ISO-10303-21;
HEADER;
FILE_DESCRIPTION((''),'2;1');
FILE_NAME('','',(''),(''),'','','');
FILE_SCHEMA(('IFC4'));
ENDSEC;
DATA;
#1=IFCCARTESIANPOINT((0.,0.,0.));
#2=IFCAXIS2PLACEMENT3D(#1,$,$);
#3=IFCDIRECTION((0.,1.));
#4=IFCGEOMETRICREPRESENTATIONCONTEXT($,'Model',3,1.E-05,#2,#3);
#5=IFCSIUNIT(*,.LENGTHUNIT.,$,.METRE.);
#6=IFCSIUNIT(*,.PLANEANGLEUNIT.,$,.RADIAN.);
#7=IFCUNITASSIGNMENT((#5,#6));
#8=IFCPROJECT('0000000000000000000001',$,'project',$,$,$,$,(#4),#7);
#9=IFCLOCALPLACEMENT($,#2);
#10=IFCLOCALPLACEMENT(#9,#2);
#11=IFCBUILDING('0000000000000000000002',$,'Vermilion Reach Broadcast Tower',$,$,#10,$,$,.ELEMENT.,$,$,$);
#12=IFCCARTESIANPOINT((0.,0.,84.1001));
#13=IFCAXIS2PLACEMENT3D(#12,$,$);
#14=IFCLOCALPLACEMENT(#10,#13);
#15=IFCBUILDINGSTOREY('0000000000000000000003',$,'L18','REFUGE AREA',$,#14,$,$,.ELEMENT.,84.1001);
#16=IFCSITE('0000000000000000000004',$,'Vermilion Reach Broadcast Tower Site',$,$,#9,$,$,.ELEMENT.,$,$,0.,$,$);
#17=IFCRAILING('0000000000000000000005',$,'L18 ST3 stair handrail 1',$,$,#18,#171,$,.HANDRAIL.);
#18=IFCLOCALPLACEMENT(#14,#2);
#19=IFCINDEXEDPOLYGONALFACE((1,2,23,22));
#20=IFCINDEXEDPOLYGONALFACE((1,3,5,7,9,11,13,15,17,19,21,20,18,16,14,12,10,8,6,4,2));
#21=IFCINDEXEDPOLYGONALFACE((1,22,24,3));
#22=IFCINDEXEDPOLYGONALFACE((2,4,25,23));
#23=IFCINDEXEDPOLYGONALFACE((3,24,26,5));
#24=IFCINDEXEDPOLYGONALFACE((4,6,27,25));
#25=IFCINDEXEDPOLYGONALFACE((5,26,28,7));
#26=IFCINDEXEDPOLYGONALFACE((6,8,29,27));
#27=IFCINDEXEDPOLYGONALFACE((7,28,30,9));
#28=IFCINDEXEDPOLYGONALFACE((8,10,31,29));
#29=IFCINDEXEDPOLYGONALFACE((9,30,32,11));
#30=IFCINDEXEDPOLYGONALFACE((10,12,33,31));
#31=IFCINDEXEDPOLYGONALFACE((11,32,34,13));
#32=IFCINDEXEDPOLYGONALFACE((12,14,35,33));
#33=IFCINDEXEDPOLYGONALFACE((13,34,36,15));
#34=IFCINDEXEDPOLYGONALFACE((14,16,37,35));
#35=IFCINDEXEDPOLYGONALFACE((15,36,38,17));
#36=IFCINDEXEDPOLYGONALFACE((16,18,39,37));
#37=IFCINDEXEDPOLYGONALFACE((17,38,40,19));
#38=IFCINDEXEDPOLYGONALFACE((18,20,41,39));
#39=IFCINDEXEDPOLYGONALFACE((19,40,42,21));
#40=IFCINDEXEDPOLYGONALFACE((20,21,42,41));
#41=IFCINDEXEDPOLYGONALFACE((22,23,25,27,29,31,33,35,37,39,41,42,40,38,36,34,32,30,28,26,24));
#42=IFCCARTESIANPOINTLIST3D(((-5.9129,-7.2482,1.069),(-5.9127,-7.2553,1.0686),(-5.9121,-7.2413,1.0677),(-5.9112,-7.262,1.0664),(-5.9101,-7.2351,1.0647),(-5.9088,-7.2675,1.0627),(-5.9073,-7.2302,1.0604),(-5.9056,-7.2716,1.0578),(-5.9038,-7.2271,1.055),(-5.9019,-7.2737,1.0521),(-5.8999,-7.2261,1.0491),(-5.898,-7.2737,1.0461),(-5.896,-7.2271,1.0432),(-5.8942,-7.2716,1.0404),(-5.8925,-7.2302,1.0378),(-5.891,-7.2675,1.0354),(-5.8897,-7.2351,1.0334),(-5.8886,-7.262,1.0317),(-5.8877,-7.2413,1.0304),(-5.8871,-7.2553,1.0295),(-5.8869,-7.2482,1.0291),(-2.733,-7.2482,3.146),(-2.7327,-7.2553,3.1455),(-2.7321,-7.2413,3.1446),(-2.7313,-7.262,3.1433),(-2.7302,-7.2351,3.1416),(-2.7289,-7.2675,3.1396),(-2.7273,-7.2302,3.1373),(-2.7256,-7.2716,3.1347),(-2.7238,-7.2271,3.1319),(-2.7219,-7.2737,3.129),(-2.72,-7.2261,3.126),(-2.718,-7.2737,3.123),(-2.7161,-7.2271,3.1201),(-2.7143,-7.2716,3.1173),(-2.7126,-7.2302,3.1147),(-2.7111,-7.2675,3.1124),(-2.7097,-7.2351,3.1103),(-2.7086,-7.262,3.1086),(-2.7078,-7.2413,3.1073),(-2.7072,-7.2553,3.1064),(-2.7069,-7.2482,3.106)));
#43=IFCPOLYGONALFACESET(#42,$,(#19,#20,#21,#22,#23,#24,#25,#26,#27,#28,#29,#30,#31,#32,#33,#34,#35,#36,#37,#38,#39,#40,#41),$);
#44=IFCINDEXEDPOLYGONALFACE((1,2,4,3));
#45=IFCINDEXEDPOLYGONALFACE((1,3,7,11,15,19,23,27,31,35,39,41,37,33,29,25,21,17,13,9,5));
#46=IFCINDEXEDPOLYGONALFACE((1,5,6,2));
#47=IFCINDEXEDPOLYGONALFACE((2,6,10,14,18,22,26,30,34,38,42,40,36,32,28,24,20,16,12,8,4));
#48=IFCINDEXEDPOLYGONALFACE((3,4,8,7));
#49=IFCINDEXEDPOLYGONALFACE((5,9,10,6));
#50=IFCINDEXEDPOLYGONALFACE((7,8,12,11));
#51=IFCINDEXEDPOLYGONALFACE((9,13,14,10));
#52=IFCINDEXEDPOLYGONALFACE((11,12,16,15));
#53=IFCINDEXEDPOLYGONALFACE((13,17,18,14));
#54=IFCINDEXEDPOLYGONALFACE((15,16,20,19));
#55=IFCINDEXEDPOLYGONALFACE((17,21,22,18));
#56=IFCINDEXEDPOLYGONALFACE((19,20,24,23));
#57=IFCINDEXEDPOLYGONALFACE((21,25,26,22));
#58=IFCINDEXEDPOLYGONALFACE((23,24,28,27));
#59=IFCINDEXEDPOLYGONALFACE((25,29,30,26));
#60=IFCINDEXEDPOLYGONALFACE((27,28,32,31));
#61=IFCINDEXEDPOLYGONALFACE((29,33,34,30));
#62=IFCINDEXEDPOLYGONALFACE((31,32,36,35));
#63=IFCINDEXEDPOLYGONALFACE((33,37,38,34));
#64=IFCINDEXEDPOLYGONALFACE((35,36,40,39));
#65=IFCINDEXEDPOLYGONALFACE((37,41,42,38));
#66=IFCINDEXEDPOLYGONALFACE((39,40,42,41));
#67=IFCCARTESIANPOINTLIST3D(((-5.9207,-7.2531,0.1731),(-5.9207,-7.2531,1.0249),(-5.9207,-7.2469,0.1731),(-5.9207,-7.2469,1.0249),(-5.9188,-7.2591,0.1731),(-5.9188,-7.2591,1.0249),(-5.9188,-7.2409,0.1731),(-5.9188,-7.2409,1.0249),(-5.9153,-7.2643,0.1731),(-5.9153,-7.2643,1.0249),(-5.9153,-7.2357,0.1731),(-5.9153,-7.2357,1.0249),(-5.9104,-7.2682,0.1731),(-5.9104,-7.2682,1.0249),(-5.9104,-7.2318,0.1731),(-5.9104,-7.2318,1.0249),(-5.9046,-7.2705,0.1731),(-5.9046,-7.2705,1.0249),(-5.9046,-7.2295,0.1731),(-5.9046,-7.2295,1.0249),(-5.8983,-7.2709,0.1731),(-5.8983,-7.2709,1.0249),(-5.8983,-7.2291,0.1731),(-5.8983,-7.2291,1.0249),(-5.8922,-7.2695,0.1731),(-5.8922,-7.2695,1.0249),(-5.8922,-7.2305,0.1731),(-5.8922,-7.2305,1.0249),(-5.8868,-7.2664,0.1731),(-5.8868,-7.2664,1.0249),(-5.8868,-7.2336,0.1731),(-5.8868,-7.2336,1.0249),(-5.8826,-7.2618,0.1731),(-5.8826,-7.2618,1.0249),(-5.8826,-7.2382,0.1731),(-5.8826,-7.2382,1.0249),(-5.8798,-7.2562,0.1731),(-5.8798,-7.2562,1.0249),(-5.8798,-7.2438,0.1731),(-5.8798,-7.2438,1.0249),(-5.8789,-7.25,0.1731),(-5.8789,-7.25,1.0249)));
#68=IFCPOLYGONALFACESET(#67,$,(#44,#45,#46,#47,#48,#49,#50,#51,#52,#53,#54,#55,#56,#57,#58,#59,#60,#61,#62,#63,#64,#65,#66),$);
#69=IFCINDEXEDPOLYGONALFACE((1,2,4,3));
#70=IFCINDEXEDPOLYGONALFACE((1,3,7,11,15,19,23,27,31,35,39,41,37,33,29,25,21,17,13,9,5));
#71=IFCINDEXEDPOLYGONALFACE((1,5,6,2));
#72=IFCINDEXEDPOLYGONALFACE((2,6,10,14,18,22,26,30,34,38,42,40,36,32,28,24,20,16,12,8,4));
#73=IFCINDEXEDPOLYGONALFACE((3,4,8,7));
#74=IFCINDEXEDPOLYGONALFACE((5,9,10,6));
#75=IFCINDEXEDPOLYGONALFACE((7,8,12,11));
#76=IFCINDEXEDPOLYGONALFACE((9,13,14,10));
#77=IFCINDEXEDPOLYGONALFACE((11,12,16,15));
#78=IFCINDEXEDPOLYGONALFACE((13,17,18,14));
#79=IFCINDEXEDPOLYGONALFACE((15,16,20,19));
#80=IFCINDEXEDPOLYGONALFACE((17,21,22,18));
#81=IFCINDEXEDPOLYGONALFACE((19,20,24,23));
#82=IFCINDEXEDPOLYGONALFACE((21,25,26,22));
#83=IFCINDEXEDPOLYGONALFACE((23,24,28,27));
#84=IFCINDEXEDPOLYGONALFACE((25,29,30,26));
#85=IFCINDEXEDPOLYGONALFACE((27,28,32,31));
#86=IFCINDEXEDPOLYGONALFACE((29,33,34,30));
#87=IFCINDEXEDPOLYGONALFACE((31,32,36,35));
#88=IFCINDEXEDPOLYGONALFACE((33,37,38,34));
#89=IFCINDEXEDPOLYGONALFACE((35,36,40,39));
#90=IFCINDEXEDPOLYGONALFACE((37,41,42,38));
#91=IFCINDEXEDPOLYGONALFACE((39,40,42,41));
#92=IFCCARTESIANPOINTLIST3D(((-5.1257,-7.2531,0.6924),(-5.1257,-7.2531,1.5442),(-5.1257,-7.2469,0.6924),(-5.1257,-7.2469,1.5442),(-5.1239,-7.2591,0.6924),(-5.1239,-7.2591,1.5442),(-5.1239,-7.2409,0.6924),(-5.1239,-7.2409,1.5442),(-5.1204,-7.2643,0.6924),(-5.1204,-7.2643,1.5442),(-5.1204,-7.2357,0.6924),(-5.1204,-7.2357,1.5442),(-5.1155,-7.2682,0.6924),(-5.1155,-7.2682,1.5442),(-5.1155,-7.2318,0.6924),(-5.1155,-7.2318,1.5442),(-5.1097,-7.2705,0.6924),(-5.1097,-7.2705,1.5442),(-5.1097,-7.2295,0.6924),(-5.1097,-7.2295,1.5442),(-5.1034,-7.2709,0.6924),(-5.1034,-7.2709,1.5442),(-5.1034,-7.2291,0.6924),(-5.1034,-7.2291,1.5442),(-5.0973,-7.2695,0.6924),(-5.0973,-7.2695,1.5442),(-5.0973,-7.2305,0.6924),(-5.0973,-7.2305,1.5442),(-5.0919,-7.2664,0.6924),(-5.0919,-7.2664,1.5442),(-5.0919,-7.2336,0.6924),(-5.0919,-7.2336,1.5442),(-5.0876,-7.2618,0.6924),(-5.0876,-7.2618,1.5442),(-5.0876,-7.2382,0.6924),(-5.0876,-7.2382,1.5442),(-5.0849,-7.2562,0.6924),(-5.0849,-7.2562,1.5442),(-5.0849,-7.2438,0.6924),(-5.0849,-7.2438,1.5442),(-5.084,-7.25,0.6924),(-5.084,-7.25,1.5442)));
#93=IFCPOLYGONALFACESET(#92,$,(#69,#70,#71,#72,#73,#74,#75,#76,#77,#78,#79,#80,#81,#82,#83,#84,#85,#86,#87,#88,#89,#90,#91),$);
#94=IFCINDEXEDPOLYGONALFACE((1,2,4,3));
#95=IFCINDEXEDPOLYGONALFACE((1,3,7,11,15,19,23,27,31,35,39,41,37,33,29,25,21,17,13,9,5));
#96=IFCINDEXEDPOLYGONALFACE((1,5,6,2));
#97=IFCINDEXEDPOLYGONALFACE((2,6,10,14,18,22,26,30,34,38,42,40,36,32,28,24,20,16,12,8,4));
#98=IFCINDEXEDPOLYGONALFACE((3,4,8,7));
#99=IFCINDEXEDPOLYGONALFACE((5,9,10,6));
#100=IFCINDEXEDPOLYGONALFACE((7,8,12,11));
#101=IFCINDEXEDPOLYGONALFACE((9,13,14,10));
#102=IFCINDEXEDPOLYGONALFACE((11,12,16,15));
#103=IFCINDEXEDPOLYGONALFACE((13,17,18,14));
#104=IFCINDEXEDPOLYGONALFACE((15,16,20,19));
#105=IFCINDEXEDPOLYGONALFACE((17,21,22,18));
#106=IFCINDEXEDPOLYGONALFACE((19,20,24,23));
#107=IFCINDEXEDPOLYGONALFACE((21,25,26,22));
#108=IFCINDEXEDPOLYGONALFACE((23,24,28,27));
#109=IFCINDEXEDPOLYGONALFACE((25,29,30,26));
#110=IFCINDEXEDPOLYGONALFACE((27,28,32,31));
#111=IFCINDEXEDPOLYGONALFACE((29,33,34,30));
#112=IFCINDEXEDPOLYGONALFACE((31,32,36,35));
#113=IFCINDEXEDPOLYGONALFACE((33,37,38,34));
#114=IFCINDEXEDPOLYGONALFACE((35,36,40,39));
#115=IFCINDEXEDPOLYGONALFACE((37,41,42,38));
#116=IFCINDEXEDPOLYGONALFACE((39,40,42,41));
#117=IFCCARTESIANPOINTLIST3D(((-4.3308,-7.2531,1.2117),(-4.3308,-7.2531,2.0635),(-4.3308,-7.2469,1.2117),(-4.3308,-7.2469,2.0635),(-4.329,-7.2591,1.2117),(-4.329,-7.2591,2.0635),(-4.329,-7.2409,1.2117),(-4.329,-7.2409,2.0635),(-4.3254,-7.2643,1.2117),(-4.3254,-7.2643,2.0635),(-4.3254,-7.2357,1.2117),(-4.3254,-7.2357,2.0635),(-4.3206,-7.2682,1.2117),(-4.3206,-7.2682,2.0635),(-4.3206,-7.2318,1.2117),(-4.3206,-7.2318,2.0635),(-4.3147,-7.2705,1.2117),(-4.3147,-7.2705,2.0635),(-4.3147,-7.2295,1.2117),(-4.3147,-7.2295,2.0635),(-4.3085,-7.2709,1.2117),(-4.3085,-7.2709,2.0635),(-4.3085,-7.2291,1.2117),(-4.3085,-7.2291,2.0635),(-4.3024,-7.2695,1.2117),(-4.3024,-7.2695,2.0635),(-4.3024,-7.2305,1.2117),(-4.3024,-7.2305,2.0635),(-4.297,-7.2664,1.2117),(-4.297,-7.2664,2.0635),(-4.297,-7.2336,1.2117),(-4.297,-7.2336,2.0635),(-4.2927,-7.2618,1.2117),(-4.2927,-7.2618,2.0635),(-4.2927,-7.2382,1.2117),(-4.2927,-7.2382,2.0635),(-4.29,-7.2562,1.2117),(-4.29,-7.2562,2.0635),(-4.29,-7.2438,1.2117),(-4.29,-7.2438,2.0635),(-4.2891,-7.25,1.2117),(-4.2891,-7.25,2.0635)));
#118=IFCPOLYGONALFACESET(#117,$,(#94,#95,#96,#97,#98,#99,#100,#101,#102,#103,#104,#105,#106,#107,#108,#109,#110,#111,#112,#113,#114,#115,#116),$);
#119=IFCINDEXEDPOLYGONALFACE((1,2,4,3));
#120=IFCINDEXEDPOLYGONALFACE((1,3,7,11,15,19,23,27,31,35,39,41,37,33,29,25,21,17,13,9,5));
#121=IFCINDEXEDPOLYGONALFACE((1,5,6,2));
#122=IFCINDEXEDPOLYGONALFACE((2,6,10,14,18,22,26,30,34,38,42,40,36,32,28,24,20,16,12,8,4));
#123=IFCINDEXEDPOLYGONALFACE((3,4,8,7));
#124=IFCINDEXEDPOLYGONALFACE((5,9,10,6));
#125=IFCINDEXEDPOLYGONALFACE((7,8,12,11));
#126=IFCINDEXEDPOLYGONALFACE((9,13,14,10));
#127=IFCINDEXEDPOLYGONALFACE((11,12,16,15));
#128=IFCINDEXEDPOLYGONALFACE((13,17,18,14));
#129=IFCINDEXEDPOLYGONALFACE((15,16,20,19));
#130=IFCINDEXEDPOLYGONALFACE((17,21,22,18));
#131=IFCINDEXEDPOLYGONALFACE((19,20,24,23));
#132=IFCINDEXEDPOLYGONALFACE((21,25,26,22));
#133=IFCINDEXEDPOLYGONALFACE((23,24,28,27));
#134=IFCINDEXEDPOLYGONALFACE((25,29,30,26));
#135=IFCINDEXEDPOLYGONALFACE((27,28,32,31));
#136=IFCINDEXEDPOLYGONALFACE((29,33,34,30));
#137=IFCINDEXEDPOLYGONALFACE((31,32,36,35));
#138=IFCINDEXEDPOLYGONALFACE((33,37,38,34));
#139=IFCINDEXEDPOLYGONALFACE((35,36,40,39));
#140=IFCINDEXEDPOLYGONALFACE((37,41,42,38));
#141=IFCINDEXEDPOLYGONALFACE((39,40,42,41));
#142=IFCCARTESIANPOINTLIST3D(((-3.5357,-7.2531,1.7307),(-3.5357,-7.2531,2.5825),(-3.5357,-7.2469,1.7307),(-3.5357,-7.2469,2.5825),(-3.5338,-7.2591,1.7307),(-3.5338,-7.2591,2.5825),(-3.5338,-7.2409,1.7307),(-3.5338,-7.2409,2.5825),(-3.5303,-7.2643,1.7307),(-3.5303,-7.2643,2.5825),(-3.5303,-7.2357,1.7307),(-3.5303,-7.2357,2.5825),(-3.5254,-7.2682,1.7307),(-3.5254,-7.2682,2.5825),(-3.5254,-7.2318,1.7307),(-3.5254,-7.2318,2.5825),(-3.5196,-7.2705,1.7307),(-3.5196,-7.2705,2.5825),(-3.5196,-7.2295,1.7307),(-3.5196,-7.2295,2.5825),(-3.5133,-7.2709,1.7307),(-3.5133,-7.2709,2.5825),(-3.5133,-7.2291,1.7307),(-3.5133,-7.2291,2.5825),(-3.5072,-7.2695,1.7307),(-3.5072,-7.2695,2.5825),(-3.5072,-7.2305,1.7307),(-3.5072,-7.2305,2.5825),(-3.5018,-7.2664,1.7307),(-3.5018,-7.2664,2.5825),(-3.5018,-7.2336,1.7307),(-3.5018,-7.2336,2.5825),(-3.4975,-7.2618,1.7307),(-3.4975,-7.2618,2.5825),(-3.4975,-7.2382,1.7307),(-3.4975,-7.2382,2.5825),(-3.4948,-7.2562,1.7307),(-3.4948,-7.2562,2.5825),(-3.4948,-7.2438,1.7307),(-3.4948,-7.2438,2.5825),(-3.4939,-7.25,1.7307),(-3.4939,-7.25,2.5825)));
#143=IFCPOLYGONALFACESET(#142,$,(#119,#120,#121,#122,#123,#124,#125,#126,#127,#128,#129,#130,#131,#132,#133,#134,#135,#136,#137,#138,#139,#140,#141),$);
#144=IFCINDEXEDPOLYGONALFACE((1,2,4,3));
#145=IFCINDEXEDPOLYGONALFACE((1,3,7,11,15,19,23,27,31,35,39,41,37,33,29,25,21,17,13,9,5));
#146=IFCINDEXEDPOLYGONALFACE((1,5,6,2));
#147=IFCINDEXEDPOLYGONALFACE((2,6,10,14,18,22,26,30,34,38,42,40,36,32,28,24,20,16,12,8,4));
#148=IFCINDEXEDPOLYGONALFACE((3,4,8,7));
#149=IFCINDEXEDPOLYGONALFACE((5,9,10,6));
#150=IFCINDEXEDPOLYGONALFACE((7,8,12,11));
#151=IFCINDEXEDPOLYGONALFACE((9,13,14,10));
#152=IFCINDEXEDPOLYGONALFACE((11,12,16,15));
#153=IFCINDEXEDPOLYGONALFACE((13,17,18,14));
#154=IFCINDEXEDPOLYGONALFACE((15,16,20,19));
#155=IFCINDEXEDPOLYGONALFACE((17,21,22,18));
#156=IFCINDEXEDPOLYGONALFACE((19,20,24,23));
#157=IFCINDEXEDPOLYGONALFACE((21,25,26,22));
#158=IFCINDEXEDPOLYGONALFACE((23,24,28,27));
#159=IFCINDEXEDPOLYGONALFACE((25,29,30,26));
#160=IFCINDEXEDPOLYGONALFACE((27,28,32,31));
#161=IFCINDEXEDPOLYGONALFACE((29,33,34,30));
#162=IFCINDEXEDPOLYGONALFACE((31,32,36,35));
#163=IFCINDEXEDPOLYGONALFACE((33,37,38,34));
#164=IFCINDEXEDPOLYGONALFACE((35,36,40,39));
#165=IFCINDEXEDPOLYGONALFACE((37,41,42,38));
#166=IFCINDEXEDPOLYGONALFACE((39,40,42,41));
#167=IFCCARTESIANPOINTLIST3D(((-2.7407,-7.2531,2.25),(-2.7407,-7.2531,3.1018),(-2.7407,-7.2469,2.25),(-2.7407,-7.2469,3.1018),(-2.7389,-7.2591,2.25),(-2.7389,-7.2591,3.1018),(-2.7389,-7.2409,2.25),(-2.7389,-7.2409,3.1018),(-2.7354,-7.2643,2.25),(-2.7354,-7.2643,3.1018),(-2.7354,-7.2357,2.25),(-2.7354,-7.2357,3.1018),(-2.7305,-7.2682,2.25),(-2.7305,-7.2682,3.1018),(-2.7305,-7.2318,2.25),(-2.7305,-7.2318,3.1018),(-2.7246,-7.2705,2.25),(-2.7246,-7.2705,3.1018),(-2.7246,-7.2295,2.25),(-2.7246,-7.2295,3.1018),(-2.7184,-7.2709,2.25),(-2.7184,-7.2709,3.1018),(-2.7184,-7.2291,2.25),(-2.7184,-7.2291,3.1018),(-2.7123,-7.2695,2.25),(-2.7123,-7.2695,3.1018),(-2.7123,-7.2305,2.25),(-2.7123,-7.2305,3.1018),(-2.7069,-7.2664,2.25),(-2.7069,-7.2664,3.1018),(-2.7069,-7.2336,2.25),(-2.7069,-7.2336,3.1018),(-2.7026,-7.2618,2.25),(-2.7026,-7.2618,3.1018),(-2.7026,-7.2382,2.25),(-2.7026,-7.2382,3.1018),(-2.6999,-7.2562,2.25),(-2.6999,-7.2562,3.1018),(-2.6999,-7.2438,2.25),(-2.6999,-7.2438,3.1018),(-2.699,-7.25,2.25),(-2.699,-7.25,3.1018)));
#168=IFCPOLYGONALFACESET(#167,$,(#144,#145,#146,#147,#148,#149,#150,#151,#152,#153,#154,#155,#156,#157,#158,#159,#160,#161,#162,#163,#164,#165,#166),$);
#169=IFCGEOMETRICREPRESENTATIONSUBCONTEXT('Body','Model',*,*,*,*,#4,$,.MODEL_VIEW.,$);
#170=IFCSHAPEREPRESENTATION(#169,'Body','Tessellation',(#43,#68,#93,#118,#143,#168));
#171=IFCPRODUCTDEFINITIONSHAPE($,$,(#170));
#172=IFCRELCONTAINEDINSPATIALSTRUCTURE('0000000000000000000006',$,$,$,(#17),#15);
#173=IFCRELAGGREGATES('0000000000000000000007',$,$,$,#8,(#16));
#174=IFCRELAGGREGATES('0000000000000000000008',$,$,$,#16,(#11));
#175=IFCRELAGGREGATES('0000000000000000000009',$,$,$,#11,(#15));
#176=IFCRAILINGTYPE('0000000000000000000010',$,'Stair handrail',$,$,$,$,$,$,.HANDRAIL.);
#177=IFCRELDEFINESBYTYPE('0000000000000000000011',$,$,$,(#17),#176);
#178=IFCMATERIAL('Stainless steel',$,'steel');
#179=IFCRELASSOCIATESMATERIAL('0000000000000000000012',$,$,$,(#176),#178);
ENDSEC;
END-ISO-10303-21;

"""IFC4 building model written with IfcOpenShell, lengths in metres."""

from ifc_helpers import new_model, si_unit, direction, frame, origin, origin_2d, place, context, subcontext, project, spatial, circle, extrude, material, type_object, element, save


model = new_model("IFC4")

# Units and contexts
model_context = context("Model", 3, precision=1e-05, world=origin(), true_north=direction((0.0, 1.0)))
body_context = subcontext(model_context, "Body", "Model", "MODEL_VIEW")
ifc_project = project(units=[si_unit("LENGTHUNIT", "METRE"), si_unit("PLANEANGLEUNIT", "RADIAN")], contexts=[model_context])

# Site, building, storey
site_placement = place(None, origin())
site = spatial("IfcSite", under=ifc_project, at=site_placement, Name="Vermilion Reach Broadcast Tower Site", CompositionType="ELEMENT", RefElevation=0.0)
building_placement = place(site_placement, origin())
building = spatial("IfcBuilding", under=site, at=building_placement, Name="Vermilion Reach Broadcast Tower", CompositionType="ELEMENT")
storey_placement = place(building_placement, frame((0.0, 0.0, 84.1001)))
storey = spatial("IfcBuildingStorey", under=building, at=storey_placement, Name="L18", Description="REFUGE AREA", CompositionType="ELEMENT", Elevation=84.1001)

# Railing
ifc_material_1 = material(Name="Stainless steel", Category="steel")
railing_type_1 = type_object("IfcRailingType", Name="Stair handrail", PredefinedType="HANDRAIL", material=ifc_material_1)
railing_1_placement = place(storey_placement, frame((-5.8999, -7.25, 0.1731)))
element("IfcRailing", 1, at=railing_1_placement, inside=storey, type_object=railing_type_1, Name="L18 ST3 stair handrail 1", PredefinedType="HANDRAIL", context=body_context, shape_type="SweptSolid", body=[
    extrude(circle(Radius=0.0239, at=origin_2d()), frame((0.0, 0.0, 0.876), z_axis=(0.837245, 0.0, 0.546828), x_axis=(0.0, 1.0, 0.0)), (0.0, 0.0, 1.0), 3.7981),
    extrude(circle(Radius=0.021, at=origin_2d()), origin(), (0.0, 0.0, 1.0), 0.8518),
    extrude(circle(Radius=0.021, at=origin_2d()), frame((0.7949, 0.0, 0.5193)), (0.0, 0.0, 1.0), 0.8518),
    extrude(circle(Radius=0.021, at=origin_2d()), frame((1.5898, 0.0, 1.0386)), (0.0, 0.0, 1.0), 0.8518),
    extrude(circle(Radius=0.021, at=origin_2d()), frame((2.385, 0.0, 1.5576)), (0.0, 0.0, 1.0), 0.8518),
    extrude(circle(Radius=0.021, at=origin_2d()), frame((3.1799, 0.0, 2.0769)), (0.0, 0.0, 1.0), 0.8518),
])

save(model, "model.ifc")
